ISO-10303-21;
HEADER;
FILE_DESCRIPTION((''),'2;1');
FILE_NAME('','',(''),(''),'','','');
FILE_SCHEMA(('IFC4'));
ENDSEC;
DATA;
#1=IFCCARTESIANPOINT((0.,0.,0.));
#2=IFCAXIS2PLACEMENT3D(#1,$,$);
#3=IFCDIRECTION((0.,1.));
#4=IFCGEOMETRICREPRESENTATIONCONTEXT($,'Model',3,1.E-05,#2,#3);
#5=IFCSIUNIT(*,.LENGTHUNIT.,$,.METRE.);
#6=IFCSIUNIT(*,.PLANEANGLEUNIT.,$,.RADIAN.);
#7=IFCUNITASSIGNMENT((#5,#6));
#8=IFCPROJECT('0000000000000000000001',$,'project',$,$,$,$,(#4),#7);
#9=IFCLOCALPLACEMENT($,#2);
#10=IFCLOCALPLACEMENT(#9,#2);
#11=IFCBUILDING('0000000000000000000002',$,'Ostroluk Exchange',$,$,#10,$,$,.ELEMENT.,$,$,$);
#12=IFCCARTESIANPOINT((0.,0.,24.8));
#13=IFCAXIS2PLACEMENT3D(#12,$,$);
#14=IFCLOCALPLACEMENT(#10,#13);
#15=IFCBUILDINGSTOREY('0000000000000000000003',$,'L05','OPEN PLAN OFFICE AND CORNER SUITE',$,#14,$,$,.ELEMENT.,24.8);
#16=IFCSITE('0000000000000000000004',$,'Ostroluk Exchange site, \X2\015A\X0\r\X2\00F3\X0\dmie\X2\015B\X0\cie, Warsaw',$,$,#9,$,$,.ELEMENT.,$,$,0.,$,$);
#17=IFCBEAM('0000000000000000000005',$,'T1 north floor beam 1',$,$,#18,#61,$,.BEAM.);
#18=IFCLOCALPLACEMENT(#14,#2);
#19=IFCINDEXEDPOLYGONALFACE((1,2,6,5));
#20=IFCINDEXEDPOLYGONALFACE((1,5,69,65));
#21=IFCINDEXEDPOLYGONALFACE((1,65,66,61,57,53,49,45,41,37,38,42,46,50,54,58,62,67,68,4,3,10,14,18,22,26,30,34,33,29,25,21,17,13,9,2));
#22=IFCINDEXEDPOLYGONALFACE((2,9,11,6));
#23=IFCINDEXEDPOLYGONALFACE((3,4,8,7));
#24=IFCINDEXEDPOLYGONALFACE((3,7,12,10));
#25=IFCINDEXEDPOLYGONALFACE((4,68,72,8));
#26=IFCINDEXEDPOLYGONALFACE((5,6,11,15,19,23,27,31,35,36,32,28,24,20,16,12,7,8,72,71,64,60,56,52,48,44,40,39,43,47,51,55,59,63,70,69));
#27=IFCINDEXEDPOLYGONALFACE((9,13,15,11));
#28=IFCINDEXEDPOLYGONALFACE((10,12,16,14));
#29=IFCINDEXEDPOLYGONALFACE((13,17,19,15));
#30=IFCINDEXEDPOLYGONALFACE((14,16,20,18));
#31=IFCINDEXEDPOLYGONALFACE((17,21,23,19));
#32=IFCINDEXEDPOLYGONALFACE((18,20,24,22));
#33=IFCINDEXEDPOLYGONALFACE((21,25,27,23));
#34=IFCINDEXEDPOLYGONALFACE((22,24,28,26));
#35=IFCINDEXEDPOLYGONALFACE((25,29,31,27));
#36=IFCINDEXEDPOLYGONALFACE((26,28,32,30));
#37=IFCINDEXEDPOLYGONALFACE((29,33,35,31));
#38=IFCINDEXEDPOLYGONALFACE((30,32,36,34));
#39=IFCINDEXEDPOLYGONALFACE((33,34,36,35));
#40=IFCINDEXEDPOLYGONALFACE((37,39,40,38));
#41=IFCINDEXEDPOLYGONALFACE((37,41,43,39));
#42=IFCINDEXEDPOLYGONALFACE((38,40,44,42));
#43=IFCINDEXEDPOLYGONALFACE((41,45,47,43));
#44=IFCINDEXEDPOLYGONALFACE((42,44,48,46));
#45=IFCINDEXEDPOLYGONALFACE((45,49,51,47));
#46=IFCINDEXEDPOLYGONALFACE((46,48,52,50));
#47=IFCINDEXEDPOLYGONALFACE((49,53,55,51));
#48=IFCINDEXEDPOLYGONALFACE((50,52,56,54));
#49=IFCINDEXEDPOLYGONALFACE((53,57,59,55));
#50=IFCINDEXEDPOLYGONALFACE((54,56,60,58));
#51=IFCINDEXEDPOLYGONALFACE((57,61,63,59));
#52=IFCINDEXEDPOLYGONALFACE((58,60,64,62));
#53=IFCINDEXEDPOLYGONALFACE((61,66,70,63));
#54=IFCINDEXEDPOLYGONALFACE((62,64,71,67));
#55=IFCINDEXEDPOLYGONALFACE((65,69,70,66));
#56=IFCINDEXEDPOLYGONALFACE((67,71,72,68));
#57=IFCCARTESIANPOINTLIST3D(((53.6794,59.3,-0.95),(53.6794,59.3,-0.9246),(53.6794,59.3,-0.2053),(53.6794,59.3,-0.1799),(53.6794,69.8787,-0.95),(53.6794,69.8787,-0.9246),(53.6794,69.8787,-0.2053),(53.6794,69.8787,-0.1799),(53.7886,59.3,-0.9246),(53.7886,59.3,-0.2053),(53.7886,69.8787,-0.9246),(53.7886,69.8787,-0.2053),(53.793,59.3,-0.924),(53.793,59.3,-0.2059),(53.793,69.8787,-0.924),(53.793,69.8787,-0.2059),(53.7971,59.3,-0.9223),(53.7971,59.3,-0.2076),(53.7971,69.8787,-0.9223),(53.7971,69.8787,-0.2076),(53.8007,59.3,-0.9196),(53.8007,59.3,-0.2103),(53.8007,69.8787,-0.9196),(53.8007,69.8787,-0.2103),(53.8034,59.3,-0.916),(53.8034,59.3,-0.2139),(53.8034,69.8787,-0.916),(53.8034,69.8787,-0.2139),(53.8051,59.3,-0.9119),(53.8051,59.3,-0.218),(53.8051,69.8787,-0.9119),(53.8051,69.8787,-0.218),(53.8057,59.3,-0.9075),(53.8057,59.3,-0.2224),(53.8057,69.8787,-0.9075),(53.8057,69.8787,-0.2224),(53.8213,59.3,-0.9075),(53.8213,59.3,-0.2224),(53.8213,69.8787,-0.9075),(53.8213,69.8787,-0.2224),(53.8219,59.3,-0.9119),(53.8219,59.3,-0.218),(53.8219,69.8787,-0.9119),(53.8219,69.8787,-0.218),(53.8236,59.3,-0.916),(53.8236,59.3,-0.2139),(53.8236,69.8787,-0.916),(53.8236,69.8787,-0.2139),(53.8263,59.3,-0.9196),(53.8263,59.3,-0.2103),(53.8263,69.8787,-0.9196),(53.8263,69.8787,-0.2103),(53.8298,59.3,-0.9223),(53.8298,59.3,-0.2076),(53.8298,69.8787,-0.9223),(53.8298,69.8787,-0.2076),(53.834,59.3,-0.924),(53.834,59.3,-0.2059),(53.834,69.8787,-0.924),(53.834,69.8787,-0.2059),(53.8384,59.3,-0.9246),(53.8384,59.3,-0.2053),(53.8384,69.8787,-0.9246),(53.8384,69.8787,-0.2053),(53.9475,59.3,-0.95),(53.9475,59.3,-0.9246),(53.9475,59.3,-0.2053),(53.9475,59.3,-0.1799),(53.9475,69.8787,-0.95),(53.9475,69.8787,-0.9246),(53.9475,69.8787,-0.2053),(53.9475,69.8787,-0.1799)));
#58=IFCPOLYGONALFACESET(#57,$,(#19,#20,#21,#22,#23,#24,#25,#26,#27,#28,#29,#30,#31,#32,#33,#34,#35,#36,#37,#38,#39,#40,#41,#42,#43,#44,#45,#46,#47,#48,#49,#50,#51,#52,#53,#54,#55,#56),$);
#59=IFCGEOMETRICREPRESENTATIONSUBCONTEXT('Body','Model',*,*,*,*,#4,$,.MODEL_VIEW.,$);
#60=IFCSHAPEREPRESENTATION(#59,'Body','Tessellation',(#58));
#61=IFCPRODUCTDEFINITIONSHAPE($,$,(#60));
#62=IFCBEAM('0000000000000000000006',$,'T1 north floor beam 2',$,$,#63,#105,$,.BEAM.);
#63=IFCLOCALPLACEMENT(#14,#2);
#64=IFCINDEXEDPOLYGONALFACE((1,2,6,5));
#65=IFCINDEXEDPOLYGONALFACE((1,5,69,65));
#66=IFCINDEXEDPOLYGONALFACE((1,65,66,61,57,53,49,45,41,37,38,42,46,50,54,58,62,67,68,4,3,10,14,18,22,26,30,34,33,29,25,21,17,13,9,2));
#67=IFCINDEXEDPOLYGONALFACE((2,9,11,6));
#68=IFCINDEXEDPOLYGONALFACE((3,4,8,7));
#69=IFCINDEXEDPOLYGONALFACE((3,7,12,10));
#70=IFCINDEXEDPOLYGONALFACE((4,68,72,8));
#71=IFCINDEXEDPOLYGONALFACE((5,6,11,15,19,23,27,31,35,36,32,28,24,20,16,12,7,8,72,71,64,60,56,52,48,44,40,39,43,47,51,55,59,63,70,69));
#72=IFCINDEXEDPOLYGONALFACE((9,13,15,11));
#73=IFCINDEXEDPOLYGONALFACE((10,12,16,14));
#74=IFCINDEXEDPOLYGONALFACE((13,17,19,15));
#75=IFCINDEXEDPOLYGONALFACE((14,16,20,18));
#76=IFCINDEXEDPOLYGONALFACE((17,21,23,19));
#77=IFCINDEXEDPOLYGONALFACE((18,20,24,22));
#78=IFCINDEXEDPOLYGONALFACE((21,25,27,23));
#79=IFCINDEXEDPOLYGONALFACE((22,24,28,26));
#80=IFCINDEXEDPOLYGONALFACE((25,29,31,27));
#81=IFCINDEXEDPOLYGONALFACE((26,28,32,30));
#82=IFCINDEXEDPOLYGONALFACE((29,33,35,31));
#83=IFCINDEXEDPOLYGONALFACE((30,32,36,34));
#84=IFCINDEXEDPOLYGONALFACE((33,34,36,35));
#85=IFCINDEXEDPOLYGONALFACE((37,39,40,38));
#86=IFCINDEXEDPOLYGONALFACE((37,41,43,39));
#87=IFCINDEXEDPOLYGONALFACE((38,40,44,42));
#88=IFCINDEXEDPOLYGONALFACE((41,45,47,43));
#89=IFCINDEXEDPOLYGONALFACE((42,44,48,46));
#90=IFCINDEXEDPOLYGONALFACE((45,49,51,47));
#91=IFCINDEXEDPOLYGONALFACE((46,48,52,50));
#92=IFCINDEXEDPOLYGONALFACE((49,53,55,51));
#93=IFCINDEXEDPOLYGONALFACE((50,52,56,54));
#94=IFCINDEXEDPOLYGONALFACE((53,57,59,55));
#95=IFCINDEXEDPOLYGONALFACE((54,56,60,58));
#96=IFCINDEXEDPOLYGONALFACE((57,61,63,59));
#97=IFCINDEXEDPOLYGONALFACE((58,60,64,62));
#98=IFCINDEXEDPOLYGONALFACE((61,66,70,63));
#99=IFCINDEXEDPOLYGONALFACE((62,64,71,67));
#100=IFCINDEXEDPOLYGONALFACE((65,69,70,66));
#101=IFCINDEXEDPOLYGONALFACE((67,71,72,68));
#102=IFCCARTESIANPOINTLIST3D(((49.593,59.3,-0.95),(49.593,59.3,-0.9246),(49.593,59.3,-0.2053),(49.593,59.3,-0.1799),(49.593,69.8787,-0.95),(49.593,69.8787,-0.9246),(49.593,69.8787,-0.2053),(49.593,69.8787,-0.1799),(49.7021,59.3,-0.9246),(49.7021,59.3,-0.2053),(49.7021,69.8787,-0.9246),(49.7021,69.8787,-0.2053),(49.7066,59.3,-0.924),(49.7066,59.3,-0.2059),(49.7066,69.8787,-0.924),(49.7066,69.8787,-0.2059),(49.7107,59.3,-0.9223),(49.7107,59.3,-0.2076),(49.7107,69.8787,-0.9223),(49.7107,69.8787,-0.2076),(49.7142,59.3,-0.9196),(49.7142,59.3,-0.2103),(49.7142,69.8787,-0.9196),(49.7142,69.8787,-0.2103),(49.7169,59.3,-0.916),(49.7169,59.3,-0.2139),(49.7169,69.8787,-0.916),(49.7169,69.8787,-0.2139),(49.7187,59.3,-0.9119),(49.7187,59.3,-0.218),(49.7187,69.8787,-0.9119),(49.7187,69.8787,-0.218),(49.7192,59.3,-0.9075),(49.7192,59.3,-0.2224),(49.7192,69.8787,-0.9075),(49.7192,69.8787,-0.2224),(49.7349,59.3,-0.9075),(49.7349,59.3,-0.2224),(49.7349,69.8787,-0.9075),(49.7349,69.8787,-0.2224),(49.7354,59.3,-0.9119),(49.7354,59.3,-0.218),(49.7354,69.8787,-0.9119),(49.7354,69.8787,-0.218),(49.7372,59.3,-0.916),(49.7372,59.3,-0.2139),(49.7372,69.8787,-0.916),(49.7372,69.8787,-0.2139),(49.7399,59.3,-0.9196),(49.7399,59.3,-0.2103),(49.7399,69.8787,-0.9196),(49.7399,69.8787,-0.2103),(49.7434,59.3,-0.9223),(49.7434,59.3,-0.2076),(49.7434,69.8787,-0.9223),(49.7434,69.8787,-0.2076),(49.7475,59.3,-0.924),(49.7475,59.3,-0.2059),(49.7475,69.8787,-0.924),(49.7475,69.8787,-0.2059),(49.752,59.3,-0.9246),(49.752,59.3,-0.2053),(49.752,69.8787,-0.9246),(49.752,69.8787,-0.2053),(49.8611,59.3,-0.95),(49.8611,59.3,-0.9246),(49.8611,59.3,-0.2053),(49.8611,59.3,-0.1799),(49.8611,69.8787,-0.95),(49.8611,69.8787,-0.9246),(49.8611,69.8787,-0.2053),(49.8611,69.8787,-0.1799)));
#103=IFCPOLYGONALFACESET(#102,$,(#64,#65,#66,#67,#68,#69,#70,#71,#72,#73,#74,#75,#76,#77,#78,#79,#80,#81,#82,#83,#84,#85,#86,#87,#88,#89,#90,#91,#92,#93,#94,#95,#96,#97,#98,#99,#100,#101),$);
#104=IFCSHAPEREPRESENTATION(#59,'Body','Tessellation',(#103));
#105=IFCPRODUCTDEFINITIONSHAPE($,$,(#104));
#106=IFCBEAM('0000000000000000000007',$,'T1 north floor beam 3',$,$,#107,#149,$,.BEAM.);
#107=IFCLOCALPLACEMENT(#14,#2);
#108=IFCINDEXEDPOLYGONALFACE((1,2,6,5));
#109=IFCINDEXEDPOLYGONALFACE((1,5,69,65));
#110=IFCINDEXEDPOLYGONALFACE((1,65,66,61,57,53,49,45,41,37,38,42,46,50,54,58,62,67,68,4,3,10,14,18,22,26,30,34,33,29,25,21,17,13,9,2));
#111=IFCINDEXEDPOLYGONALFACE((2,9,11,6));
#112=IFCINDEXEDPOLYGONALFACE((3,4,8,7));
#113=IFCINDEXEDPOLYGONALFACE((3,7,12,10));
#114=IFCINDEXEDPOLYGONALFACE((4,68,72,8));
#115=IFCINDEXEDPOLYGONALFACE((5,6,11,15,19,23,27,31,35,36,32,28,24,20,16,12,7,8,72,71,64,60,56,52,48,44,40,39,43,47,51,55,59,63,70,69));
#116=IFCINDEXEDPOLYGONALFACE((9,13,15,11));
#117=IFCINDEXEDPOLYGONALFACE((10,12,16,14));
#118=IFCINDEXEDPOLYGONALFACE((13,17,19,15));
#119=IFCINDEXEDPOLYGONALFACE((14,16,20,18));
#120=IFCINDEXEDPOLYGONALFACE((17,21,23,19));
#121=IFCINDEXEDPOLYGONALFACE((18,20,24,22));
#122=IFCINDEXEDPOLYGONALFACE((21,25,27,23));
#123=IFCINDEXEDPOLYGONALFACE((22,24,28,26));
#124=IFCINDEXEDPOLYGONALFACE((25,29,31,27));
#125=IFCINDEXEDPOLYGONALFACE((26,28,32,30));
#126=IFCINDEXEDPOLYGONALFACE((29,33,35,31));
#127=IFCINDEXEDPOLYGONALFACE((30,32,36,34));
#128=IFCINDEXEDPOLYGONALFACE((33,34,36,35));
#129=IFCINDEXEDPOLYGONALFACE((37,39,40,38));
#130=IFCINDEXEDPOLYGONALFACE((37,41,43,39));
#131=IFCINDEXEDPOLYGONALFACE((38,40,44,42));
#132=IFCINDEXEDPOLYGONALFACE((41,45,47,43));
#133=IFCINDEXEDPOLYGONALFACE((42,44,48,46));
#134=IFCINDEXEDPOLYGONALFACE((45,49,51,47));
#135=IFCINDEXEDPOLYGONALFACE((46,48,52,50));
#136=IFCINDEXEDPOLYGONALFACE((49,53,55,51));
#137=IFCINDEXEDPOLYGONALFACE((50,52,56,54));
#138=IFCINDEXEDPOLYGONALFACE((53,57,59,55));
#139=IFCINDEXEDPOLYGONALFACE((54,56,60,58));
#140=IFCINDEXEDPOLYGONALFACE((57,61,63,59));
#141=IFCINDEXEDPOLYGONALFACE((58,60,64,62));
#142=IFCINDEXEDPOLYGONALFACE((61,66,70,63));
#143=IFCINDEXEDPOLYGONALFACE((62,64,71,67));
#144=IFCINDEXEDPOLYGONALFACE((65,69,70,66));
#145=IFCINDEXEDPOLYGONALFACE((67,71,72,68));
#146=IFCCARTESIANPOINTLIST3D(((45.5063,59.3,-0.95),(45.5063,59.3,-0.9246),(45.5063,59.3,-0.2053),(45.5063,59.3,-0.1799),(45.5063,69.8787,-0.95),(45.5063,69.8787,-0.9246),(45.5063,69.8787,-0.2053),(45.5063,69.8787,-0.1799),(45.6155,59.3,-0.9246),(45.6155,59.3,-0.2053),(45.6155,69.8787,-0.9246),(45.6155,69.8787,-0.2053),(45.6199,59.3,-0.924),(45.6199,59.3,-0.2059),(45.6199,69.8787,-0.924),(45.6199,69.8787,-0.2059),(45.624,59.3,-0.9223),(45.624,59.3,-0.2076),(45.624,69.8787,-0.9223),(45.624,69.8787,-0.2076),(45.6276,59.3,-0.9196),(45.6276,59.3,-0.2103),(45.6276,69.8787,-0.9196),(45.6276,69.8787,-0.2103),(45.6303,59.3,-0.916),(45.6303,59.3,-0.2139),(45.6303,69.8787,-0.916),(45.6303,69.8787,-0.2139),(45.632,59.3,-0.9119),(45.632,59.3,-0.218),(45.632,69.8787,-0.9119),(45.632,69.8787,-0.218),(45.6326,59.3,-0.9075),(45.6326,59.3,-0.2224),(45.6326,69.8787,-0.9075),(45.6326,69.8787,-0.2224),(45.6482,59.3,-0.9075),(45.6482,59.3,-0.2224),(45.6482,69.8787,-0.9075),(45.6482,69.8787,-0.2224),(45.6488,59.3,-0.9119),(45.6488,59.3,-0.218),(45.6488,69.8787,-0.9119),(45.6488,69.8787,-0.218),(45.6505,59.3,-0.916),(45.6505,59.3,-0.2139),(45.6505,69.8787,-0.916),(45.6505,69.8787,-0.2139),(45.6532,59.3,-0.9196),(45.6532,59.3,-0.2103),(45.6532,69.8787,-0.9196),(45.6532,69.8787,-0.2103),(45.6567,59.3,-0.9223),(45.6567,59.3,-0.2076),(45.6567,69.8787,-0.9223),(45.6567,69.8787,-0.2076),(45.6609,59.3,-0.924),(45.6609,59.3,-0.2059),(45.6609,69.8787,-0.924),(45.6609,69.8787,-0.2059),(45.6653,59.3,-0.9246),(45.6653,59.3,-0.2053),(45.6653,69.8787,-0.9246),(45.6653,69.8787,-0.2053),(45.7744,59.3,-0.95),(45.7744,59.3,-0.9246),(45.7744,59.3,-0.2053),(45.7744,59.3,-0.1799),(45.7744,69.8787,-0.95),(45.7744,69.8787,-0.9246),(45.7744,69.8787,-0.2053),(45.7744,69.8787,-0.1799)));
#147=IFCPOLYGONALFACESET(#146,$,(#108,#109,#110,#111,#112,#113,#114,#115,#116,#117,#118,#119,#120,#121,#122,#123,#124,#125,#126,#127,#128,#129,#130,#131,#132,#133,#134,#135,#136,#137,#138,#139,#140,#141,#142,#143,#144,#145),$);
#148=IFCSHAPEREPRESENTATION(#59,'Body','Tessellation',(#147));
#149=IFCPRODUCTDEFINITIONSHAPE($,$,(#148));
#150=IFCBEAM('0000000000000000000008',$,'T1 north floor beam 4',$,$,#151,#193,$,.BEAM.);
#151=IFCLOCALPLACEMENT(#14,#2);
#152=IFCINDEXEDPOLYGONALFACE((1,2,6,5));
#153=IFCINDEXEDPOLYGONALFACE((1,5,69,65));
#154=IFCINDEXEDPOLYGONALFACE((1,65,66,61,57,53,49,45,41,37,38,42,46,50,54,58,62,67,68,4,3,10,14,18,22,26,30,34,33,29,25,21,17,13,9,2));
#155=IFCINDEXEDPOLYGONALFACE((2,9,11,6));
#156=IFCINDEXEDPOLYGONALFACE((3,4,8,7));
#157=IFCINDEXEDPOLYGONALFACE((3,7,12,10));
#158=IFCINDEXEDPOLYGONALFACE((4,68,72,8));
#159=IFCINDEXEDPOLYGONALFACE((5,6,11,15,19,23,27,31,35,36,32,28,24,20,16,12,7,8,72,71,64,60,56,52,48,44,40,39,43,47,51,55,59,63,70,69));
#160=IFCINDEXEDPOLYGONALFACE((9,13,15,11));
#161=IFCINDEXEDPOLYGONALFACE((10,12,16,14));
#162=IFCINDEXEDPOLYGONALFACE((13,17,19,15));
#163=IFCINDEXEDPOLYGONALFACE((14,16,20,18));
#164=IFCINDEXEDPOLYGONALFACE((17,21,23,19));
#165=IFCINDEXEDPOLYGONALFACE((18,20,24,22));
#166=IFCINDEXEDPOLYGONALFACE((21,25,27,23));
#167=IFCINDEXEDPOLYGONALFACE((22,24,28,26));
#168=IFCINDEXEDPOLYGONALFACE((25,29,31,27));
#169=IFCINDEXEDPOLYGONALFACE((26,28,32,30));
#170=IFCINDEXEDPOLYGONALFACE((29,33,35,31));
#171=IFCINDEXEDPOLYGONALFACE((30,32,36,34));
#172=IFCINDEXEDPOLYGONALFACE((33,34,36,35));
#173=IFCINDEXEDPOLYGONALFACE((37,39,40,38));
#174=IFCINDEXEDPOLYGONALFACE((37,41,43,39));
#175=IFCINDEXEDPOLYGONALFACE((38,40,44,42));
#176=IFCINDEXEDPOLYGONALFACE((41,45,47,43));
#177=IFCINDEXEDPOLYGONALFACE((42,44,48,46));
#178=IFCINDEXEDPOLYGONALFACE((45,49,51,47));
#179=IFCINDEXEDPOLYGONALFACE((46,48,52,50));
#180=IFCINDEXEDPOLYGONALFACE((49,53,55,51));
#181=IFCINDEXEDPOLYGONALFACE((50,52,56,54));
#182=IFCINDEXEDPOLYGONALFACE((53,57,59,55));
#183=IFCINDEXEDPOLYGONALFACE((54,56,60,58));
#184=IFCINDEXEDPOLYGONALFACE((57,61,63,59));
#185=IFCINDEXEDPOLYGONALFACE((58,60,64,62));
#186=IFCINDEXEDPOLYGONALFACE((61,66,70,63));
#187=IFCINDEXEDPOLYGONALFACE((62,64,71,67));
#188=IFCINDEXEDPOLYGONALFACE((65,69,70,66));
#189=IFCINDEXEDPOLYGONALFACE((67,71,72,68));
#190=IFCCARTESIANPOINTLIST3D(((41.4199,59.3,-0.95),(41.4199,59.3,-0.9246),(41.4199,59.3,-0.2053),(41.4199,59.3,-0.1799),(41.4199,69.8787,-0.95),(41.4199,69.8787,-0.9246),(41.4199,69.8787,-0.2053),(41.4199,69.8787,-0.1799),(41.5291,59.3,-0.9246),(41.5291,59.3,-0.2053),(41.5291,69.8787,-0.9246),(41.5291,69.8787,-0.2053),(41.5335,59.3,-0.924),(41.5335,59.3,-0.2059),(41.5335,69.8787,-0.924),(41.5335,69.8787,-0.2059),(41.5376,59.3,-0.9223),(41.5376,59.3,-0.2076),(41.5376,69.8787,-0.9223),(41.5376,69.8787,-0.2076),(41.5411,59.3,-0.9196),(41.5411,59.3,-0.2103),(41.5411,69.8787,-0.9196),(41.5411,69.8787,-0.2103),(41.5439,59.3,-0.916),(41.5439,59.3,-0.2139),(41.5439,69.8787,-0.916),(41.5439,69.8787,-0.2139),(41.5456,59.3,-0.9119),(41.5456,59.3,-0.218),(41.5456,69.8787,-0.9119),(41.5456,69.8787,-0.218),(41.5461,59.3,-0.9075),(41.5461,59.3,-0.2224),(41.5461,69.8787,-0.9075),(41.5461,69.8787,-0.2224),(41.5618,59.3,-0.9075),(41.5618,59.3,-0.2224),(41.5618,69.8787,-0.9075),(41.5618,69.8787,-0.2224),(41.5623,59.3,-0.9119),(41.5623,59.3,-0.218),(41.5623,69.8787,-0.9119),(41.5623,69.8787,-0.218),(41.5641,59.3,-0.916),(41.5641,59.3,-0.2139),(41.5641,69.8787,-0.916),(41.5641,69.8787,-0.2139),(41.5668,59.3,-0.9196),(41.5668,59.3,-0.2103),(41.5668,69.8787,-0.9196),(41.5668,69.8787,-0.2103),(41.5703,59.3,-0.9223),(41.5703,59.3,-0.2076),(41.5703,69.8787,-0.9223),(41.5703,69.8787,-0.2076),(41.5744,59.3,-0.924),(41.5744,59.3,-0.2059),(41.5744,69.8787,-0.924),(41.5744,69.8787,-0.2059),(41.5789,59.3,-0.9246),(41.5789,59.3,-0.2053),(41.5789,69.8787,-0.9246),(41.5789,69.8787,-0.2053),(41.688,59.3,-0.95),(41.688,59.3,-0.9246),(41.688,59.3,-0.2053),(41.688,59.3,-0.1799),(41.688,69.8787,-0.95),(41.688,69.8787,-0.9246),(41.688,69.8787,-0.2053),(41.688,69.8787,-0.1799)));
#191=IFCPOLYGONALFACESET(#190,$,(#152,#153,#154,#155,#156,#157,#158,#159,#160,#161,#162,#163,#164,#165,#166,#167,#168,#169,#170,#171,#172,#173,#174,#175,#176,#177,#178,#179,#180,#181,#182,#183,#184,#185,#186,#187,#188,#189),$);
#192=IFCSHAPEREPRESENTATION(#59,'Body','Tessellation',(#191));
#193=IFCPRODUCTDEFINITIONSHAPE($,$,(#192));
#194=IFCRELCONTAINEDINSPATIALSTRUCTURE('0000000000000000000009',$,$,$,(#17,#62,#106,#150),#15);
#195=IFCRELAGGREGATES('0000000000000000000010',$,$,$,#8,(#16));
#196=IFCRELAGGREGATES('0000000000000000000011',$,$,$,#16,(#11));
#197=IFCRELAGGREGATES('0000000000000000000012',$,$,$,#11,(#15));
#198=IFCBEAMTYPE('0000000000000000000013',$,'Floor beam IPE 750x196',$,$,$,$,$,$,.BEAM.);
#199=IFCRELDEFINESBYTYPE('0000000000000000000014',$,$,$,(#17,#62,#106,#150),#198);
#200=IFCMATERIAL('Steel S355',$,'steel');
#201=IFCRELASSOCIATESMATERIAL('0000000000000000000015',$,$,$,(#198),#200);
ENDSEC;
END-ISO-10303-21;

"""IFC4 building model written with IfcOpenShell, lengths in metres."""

from ifc_helpers import new_model, si_unit, direction, frame, origin, origin_2d, place, context, subcontext, project, spatial, i_section, extrude, material, material_profile, profile_set, type_object, element, save


model = new_model("IFC4")

# Units and contexts
model_context = context("Model", 3, precision=1e-05, world=origin(), true_north=direction((0.0, 1.0)))
body_context = subcontext(model_context, "Body", "Model", "MODEL_VIEW")
ifc_project = project(units=[si_unit("LENGTHUNIT", "METRE"), si_unit("PLANEANGLEUNIT", "RADIAN")], contexts=[model_context])

# Site, building, storey
site_placement = place(None, origin())
site = spatial("IfcSite", under=ifc_project, at=site_placement, Name="Ostroluk Exchange site, Śródmieście, Warsaw", CompositionType="ELEMENT", RefElevation=0.0)
building_placement = place(site_placement, origin())
building = spatial("IfcBuilding", under=site, at=building_placement, Name="Ostroluk Exchange", CompositionType="ELEMENT")
storey_placement = place(building_placement, frame((0.0, 0.0, 24.8)))
storey = spatial("IfcBuildingStorey", under=building, at=storey_placement, Name="L05", Description="OPEN PLAN OFFICE AND CORNER SUITE", CompositionType="ELEMENT", Elevation=24.8)

# Beams
ifc_material_1 = material(Name="Steel S355", Category="steel")
ifc_material_profile_1 = material_profile(ifc_material_1, i_section(OverallWidth=0.2681, OverallDepth=0.77, WebThickness=0.0156, FlangeThickness=0.0254, FilletRadius=0.0171, at=origin_2d()), Name="IPE 750x196")
ifc_profile_set_1 = profile_set([ifc_material_profile_1], Name="Steel S355")
beam_type_1 = type_object("IfcBeamType", Name="Floor beam IPE 750x196", PredefinedType="BEAM", material=ifc_profile_set_1)
for number, where, z_axis, x_axis, name in (
    (1, (53.8135, 59.3, -0.5649), (0.0, 1.0, 0.0), (-1.0, 0.0, 0.0), "T1 north floor beam 1"),
    (2, (49.7271, 59.3, -0.5649), (0.0, 1.0, 0.0), (-1.0, 0.0, 0.0), "T1 north floor beam 2"),
    (3, (45.6404, 59.3, -0.5649), (0.0, 1.0, 0.0), (-1.0, 0.0, 0.0), "T1 north floor beam 3"),
    (4, (41.554, 59.3, -0.5649), (0.0, 1.0, 0.0), (-1.0, 0.0, 0.0), "T1 north floor beam 4"),
):
    element("IfcBeam", number, at=place(storey_placement, frame(where, z_axis=z_axis, x_axis=x_axis)), inside=storey, type_object=beam_type_1, Name=name, PredefinedType="BEAM", context=body_context, shape_type="SweptSolid", body=[
        extrude(i_section(OverallWidth=0.2681, OverallDepth=0.77, WebThickness=0.0156, FlangeThickness=0.0254, FilletRadius=0.0171, at=origin_2d()), origin(), (0.0, 0.0, 1.0), 10.5786),
    ])

save(model, "model.ifc")
